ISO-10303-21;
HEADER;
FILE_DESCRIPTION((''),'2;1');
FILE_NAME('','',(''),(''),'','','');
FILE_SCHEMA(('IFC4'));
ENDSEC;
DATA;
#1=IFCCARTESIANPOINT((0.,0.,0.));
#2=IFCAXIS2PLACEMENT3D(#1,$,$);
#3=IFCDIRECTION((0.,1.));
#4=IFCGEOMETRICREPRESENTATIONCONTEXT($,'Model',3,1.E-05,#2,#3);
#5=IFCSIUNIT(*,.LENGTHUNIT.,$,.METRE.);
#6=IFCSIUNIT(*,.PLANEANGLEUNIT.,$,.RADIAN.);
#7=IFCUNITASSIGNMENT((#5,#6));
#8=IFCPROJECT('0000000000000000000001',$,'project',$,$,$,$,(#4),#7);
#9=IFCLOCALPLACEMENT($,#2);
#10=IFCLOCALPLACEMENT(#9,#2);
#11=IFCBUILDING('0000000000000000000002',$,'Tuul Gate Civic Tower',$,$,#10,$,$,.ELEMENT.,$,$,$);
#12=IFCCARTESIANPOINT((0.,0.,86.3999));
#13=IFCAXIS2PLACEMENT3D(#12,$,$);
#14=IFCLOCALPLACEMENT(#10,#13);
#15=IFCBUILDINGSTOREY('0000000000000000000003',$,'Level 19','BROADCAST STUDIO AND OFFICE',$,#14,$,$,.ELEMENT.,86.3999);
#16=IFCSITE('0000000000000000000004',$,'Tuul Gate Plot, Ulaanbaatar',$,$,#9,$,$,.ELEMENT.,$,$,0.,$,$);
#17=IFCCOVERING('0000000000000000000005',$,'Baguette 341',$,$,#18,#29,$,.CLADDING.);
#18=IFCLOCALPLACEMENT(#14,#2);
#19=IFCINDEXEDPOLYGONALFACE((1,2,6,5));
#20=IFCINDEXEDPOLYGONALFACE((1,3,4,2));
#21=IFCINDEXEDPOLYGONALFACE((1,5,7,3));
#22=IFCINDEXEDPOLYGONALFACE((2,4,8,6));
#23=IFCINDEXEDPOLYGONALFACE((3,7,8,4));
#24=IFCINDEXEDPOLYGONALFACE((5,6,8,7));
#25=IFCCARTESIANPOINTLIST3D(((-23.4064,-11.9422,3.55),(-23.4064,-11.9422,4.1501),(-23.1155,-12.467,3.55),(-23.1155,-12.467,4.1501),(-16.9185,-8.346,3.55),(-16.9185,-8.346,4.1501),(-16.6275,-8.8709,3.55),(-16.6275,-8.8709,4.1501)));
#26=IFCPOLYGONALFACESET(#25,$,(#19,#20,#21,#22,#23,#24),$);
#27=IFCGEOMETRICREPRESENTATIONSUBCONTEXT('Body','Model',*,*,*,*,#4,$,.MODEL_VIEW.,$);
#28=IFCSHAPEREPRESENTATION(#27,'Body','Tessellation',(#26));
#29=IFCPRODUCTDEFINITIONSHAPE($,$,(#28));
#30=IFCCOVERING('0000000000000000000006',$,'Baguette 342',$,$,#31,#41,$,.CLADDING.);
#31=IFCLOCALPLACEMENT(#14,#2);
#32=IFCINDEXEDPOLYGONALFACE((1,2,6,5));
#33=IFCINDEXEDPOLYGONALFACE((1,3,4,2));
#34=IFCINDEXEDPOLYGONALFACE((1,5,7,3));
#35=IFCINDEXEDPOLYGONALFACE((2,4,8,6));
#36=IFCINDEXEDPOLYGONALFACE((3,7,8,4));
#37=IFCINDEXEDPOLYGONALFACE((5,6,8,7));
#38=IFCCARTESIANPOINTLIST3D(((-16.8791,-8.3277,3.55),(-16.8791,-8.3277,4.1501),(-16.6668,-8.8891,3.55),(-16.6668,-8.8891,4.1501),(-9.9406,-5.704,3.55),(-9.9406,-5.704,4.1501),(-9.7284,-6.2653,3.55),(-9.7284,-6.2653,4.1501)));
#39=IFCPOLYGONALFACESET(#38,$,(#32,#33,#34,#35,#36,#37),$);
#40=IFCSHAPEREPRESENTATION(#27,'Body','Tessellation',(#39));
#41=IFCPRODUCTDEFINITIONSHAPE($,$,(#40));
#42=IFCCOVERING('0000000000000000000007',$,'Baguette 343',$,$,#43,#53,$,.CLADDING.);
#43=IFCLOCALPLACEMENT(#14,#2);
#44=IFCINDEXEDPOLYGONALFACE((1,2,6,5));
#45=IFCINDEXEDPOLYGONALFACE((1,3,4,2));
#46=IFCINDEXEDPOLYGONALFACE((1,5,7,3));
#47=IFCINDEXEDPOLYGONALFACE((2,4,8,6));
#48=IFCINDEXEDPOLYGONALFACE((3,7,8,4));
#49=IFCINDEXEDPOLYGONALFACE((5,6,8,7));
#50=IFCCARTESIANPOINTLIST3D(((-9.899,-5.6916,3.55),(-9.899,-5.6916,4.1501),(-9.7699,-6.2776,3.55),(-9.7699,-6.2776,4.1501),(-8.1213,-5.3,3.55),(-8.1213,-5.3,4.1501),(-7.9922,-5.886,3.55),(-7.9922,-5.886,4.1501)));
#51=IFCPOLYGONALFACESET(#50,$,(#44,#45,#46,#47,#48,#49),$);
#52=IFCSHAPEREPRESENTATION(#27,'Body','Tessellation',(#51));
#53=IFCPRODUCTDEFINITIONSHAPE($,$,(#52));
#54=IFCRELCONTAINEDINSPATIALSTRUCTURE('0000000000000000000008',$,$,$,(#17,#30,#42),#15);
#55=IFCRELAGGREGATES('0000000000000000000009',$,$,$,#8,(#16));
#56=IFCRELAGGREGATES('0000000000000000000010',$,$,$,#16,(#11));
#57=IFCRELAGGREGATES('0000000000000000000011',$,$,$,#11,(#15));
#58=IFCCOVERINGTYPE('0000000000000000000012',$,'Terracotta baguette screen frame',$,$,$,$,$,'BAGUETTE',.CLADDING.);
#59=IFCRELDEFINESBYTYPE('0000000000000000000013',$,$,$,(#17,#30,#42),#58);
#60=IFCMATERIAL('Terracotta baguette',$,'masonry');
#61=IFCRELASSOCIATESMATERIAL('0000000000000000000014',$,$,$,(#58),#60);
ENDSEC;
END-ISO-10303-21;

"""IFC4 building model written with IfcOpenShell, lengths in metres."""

from ifc_helpers import new_model, si_unit, direction, frame, origin, origin_2d, place, context, subcontext, project, spatial, rectangle, extrude, material, material_profile, profile_set, type_object, element, save


model = new_model("IFC4")

# Units and contexts
model_context = context("Model", 3, precision=1e-05, world=origin(), true_north=direction((0.0, 1.0)))
body_context = subcontext(model_context, "Body", "Model", "MODEL_VIEW")
ifc_project = project(units=[si_unit("LENGTHUNIT", "METRE"), si_unit("PLANEANGLEUNIT", "RADIAN")], contexts=[model_context])

# Site, building, storey
site_placement = place(None, origin())
site = spatial("IfcSite", under=ifc_project, at=site_placement, Name="Tuul Gate Plot, Ulaanbaatar", CompositionType="ELEMENT", RefElevation=0.0)
building_placement = place(site_placement, origin())
building = spatial("IfcBuilding", under=site, at=building_placement, Name="Tuul Gate Civic Tower", CompositionType="ELEMENT")
storey_placement = place(building_placement, frame((0.0, 0.0, 86.3999)))
storey = spatial("IfcBuildingStorey", under=building, at=storey_placement, Name="Level 19", Description="BROADCAST STUDIO AND OFFICE", CompositionType="ELEMENT", Elevation=86.3999)

# Coverings
ifc_material_1 = material(Name="Terracotta baguette", Category="masonry")
ifc_material_profile_1 = material_profile(ifc_material_1, rectangle(XDim=0.6001, YDim=0.6001, at=origin_2d()), Name="Terracotta baguette screen frame")
ifc_profile_set_1 = profile_set([ifc_material_profile_1], Name="Terracotta baguette")
covering_type = type_object("IfcCoveringType", Name="Terracotta baguette screen frame", ElementType="BAGUETTE", PredefinedType="CLADDING", material=ifc_profile_set_1)
for number, where, z_axis, x_axis, name in (
    (1, (-23.261, -12.2046, 3.8501), (0.87463, 0.48479, 0.0), (-0.48479, 0.87463, 0.0), "Baguette 341"),
    (2, (-16.7729, -8.6084, 3.8501), (0.935357, 0.353705, 0.0), (-0.353705, 0.935357, 0.0), "Baguette 342"),
):
    element("IfcCovering", number, at=place(storey_placement, frame(where, z_axis=z_axis, x_axis=x_axis)), inside=storey, type_object=covering_type, Name=name, PredefinedType="CLADDING", context=body_context, shape_type="SweptSolid", body=[
        extrude(rectangle(XDim=0.6001, YDim=0.6001, at=origin_2d()), origin(), (0.0, 0.0, 1.0), 7.418),
    ])
covering_1_placement = place(storey_placement, frame((-9.8345, -5.9846, 3.8501), z_axis=(0.976583, 0.215141, 0.0), x_axis=(-0.215141, 0.976583, 0.0)))
element("IfcCovering", 3, at=covering_1_placement, inside=storey, type_object=covering_type, Name="Baguette 343", PredefinedType="CLADDING", context=body_context, shape_type="SweptSolid", body=[
    extrude(rectangle(XDim=0.6001, YDim=0.6001, at=origin_2d()), origin(), (0.0, 0.0, 1.0), 1.8203),
])

save(model, "model.ifc")
